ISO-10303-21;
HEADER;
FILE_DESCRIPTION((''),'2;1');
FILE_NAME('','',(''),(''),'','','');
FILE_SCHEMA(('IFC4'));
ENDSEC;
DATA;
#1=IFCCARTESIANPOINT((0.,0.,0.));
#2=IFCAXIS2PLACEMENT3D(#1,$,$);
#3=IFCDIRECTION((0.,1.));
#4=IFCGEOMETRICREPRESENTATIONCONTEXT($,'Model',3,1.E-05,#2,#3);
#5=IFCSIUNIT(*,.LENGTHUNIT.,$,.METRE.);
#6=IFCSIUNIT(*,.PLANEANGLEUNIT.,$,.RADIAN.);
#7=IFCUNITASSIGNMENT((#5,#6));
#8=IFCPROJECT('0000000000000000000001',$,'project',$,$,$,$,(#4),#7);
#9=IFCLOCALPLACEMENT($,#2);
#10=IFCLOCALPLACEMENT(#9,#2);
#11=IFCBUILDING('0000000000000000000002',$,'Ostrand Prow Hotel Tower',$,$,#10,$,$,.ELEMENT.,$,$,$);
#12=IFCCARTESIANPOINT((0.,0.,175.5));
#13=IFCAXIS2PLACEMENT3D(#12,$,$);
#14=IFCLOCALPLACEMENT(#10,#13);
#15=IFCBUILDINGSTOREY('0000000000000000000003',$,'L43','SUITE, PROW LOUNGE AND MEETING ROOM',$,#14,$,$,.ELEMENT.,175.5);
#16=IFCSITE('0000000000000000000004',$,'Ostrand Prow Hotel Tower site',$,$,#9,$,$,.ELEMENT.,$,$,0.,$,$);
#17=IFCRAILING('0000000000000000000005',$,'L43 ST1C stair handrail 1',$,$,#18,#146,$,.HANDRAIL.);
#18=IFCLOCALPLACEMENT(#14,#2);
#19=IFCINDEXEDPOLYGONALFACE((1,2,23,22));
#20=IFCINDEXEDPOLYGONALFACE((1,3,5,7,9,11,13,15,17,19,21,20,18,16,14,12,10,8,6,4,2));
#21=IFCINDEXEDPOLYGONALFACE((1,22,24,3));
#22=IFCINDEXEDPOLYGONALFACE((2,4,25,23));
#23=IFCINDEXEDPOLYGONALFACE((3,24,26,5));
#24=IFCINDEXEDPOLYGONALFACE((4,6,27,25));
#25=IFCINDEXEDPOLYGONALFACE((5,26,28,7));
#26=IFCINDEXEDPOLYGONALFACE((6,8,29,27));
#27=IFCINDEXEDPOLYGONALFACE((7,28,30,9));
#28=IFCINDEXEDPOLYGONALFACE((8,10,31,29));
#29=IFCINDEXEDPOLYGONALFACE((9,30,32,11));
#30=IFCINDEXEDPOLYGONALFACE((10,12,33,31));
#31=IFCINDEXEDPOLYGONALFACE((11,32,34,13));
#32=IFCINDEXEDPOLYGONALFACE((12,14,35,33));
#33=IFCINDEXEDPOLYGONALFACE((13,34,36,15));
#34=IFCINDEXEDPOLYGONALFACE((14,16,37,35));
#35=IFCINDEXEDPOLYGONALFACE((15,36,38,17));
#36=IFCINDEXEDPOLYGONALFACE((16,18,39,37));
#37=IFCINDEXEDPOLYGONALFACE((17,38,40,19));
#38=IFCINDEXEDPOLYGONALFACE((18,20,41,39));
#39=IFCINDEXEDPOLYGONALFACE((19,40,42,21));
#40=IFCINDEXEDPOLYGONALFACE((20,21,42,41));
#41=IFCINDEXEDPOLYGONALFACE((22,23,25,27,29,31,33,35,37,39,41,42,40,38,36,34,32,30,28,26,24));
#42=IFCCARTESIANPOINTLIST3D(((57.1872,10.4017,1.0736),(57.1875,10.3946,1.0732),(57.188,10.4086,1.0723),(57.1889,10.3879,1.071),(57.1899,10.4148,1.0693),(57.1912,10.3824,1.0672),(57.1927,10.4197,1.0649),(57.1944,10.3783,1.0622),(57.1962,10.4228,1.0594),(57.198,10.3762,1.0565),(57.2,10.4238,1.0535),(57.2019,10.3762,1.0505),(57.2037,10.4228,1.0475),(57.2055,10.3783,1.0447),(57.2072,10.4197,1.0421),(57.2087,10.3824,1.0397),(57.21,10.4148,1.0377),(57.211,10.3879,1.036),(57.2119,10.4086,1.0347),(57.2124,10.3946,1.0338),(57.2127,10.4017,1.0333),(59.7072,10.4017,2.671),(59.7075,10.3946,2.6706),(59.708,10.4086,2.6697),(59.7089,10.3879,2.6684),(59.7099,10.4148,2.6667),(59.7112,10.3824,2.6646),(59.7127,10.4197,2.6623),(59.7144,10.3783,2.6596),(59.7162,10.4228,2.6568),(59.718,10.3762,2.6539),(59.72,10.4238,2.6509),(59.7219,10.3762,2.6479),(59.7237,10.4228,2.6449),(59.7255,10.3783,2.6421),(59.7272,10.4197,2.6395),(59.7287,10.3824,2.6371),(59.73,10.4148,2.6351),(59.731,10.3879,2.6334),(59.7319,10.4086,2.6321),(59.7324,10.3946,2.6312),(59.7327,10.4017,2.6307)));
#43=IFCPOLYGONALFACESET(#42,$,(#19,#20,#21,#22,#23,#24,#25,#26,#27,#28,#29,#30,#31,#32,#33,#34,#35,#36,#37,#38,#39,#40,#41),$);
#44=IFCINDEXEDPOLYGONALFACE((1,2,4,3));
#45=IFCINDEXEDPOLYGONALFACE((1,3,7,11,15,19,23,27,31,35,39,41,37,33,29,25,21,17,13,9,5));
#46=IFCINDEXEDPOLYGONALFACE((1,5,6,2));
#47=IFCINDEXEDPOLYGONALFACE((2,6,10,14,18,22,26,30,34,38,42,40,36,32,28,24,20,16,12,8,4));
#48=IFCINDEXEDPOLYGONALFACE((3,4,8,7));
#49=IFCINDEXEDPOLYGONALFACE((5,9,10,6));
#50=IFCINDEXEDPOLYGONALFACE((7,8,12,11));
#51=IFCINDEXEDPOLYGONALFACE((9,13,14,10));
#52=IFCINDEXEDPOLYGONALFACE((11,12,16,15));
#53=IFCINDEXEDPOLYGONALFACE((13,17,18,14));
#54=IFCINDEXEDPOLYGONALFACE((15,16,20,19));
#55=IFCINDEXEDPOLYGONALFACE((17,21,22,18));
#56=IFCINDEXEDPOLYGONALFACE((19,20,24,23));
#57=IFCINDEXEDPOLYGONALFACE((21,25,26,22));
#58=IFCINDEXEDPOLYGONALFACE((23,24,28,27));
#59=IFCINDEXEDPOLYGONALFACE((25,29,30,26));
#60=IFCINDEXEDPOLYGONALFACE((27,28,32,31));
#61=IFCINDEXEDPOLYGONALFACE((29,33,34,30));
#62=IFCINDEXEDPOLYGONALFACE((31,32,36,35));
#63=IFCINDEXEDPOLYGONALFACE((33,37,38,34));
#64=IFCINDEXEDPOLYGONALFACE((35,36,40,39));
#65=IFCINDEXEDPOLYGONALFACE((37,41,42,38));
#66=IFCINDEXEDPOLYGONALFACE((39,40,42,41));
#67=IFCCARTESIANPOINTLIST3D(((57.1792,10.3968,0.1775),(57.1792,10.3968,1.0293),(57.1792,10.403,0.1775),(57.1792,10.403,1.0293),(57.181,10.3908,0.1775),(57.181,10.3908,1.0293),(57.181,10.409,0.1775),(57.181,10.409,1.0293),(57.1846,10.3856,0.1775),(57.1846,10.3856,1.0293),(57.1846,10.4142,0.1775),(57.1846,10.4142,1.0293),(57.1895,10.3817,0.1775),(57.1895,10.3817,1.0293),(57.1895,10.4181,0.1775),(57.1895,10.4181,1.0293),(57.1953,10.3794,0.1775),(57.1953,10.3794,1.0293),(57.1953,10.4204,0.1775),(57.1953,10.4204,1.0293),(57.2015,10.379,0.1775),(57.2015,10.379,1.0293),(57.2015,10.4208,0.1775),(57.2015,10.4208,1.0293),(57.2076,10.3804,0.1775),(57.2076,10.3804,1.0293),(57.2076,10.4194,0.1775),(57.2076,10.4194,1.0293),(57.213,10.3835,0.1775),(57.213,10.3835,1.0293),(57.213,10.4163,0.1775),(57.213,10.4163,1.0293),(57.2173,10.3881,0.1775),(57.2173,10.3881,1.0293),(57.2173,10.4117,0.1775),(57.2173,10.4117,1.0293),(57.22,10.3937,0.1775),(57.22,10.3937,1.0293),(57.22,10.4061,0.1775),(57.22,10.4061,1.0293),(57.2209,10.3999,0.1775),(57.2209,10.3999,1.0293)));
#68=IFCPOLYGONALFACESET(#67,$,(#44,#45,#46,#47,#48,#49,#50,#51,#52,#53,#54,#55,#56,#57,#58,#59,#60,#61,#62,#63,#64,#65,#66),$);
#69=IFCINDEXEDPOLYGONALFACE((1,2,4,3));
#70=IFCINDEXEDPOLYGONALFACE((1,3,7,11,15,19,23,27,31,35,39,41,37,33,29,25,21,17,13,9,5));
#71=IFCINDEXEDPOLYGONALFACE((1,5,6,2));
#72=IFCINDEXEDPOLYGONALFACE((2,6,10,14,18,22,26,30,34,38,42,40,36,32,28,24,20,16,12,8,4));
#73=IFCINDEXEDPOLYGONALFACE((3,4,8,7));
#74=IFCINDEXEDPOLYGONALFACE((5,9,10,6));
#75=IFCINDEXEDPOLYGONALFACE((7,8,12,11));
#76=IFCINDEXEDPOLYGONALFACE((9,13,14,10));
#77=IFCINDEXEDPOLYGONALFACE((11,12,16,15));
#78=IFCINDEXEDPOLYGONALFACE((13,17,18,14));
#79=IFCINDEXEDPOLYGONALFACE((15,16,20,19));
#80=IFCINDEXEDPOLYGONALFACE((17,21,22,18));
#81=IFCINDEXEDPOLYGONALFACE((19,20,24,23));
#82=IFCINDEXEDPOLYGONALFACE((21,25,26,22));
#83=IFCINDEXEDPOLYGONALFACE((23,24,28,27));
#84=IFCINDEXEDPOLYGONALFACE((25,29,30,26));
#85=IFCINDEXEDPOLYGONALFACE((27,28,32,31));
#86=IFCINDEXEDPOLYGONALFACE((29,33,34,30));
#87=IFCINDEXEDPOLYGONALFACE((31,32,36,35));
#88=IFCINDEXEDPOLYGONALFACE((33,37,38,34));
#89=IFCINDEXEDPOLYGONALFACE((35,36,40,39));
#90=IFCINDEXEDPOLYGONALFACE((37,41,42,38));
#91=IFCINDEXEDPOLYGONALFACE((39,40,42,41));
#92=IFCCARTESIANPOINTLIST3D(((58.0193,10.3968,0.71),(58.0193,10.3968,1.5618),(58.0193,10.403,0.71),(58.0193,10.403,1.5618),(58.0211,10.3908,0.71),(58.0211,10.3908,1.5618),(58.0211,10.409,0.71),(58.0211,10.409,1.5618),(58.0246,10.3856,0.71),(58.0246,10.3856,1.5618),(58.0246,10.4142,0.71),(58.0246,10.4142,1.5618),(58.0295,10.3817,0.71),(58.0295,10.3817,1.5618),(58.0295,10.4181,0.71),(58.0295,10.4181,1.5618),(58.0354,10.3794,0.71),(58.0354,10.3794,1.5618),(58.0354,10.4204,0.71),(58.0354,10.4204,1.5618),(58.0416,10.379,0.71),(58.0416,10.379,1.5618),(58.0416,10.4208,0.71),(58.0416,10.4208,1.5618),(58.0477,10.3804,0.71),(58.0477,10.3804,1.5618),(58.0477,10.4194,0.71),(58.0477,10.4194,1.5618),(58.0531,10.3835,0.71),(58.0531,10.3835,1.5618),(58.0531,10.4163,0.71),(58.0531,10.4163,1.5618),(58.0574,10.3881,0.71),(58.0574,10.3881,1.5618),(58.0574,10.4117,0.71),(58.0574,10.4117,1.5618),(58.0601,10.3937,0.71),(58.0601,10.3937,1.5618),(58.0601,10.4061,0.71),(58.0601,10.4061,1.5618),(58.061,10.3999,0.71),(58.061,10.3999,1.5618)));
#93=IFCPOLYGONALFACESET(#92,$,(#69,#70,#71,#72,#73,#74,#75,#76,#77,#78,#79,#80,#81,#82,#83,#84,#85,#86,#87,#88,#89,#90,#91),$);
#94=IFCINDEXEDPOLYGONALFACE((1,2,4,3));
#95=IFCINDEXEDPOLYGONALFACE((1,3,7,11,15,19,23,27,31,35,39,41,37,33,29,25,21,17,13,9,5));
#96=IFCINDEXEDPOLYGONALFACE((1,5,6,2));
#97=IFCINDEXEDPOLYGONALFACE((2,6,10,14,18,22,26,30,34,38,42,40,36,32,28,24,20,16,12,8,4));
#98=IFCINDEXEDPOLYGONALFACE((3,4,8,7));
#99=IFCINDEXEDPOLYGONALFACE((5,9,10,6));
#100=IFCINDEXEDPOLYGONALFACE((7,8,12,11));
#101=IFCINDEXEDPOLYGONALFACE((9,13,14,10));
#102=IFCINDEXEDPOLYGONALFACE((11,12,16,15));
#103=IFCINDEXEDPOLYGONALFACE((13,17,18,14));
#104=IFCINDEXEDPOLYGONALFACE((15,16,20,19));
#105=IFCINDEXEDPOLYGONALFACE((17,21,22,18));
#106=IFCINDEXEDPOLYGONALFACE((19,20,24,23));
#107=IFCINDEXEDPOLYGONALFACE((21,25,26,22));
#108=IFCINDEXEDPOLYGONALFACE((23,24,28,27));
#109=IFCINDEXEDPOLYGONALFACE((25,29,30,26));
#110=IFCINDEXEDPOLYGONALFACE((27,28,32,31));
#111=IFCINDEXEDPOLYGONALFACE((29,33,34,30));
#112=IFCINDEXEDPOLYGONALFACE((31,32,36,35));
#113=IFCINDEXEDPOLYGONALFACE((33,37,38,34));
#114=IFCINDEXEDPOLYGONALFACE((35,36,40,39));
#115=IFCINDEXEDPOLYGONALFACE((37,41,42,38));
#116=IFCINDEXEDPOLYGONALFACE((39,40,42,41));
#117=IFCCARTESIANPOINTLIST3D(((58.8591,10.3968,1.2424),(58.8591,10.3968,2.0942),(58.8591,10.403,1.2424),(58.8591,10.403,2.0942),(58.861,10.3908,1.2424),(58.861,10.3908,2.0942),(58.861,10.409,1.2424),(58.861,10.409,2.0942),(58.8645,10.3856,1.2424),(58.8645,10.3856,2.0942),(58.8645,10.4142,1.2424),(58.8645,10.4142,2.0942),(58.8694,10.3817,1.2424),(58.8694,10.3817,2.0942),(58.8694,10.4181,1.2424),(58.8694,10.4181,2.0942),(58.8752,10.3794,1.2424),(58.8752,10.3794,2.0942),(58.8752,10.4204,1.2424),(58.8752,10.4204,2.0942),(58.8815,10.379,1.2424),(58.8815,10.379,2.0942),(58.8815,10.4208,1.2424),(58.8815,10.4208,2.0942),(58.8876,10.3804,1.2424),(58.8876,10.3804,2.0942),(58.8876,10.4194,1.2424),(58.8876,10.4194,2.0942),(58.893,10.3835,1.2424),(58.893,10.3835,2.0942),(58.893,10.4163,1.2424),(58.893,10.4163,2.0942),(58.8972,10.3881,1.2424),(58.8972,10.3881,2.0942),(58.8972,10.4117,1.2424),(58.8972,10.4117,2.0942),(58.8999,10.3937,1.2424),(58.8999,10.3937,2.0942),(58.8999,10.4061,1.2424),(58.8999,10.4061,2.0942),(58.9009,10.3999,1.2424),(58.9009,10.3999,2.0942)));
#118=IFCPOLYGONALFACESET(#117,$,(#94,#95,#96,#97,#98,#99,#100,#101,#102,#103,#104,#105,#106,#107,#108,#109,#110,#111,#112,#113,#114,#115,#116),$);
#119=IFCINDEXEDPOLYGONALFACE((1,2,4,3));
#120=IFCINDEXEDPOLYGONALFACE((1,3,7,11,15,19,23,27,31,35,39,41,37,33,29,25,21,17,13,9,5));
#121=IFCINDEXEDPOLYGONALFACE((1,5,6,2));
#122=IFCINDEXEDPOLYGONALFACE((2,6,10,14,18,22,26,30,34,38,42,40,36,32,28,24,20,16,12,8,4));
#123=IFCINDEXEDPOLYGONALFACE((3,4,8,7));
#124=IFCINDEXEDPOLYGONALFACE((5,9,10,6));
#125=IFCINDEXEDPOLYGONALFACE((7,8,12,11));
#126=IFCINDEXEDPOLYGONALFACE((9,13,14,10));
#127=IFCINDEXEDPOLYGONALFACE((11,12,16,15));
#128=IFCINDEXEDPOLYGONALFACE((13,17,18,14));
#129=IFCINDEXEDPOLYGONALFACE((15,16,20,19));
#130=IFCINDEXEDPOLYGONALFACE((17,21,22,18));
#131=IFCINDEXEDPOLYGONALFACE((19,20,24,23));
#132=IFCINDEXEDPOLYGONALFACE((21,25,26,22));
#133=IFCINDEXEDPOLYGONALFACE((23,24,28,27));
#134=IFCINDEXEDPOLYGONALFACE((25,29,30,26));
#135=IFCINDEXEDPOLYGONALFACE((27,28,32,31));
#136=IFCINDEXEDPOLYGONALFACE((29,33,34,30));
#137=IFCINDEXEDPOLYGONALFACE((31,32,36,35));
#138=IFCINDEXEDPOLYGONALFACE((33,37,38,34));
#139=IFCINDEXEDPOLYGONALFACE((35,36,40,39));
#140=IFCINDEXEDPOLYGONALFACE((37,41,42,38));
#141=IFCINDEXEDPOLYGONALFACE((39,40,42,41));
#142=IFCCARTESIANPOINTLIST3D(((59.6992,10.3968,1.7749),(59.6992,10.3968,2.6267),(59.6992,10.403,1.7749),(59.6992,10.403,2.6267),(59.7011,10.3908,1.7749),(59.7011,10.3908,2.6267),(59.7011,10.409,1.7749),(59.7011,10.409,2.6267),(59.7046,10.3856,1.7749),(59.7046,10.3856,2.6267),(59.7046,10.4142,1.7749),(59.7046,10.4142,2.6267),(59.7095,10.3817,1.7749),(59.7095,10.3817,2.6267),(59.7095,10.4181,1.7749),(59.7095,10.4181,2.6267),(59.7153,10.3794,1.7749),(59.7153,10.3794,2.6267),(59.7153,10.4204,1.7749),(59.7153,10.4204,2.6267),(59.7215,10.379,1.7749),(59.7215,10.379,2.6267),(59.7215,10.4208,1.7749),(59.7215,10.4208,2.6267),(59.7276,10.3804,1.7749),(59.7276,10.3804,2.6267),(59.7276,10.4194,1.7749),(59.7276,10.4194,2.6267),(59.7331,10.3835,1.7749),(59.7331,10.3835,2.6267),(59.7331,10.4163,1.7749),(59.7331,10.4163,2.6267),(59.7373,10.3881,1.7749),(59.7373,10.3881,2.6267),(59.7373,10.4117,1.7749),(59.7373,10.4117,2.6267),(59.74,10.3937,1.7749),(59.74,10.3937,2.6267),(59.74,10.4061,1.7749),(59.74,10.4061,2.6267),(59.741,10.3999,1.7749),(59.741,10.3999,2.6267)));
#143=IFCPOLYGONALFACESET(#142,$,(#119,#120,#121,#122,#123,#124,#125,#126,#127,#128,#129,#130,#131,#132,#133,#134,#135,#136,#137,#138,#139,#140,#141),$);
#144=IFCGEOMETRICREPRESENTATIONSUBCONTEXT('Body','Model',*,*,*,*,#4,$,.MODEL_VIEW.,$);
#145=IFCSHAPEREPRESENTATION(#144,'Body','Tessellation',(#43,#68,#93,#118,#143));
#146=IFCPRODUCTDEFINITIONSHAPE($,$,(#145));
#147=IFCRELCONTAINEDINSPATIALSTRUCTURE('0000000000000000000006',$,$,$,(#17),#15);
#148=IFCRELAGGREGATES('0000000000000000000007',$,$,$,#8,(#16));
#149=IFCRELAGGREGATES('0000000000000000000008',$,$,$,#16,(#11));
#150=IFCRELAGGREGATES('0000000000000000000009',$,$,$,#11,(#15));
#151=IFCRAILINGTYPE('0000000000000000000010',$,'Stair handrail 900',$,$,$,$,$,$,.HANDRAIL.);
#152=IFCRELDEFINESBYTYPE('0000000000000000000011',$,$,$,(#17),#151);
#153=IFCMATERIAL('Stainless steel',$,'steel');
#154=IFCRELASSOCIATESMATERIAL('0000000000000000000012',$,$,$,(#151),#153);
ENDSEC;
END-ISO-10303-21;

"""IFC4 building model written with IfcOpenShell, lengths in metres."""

from ifc_helpers import new_model, si_unit, direction, frame, origin, origin_2d, place, context, subcontext, project, spatial, circle, extrude, material, type_object, element, save


model = new_model("IFC4")

# Units and contexts
model_context = context("Model", 3, precision=1e-05, world=origin(), true_north=direction((0.0, 1.0)))
body_context = subcontext(model_context, "Body", "Model", "MODEL_VIEW")
ifc_project = project(units=[si_unit("LENGTHUNIT", "METRE"), si_unit("PLANEANGLEUNIT", "RADIAN")], contexts=[model_context])

# Site, building, storey
site_placement = place(None, origin())
site = spatial("IfcSite", under=ifc_project, at=site_placement, Name="Ostrand Prow Hotel Tower site", CompositionType="ELEMENT", RefElevation=0.0)
building_placement = place(site_placement, origin())
building = spatial("IfcBuilding", under=site, at=building_placement, Name="Ostrand Prow Hotel Tower", CompositionType="ELEMENT")
storey_placement = place(building_placement, frame((0.0, 0.0, 175.5)))
storey = spatial("IfcBuildingStorey", under=building, at=storey_placement, Name="L43", Description="SUITE, PROW LOUNGE AND MEETING ROOM", CompositionType="ELEMENT", Elevation=175.5)

# Railing
ifc_material_1 = material(Name="Stainless steel", Category="steel")
railing_type_1 = type_object("IfcRailingType", Name="Stair handrail 900", PredefinedType="HANDRAIL", material=ifc_material_1)
railing_1_placement = place(storey_placement, frame((57.2, 10.3999, 0.1775)))
element("IfcRailing", 1, at=railing_1_placement, inside=storey, type_object=railing_type_1, Name="L43 ST1C stair handrail 1", PredefinedType="HANDRAIL", context=body_context, shape_type="SweptSolid", body=[
    extrude(circle(Radius=0.0239, at=origin_2d()), frame((0.0, 0.0, 0.876), z_axis=(0.844607, 0.0, 0.535387), x_axis=(0.0, 1.0, 0.0)), (0.0, 0.0, 1.0), 2.9836),
    extrude(circle(Radius=0.021, at=origin_2d()), origin(), (0.0, 0.0, 1.0), 0.8518),
    extrude(circle(Radius=0.021, at=origin_2d()), frame((0.8401, 0.0, 0.5325)), (0.0, 0.0, 1.0), 0.8518),
    extrude(circle(Radius=0.021, at=origin_2d()), frame((1.6799, 0.0, 1.0649)), (0.0, 0.0, 1.0), 0.8518),
    extrude(circle(Radius=0.021, at=origin_2d()), frame((2.52, 0.0, 1.5974)), (0.0, 0.0, 1.0), 0.8518),
])

save(model, "model.ifc")
